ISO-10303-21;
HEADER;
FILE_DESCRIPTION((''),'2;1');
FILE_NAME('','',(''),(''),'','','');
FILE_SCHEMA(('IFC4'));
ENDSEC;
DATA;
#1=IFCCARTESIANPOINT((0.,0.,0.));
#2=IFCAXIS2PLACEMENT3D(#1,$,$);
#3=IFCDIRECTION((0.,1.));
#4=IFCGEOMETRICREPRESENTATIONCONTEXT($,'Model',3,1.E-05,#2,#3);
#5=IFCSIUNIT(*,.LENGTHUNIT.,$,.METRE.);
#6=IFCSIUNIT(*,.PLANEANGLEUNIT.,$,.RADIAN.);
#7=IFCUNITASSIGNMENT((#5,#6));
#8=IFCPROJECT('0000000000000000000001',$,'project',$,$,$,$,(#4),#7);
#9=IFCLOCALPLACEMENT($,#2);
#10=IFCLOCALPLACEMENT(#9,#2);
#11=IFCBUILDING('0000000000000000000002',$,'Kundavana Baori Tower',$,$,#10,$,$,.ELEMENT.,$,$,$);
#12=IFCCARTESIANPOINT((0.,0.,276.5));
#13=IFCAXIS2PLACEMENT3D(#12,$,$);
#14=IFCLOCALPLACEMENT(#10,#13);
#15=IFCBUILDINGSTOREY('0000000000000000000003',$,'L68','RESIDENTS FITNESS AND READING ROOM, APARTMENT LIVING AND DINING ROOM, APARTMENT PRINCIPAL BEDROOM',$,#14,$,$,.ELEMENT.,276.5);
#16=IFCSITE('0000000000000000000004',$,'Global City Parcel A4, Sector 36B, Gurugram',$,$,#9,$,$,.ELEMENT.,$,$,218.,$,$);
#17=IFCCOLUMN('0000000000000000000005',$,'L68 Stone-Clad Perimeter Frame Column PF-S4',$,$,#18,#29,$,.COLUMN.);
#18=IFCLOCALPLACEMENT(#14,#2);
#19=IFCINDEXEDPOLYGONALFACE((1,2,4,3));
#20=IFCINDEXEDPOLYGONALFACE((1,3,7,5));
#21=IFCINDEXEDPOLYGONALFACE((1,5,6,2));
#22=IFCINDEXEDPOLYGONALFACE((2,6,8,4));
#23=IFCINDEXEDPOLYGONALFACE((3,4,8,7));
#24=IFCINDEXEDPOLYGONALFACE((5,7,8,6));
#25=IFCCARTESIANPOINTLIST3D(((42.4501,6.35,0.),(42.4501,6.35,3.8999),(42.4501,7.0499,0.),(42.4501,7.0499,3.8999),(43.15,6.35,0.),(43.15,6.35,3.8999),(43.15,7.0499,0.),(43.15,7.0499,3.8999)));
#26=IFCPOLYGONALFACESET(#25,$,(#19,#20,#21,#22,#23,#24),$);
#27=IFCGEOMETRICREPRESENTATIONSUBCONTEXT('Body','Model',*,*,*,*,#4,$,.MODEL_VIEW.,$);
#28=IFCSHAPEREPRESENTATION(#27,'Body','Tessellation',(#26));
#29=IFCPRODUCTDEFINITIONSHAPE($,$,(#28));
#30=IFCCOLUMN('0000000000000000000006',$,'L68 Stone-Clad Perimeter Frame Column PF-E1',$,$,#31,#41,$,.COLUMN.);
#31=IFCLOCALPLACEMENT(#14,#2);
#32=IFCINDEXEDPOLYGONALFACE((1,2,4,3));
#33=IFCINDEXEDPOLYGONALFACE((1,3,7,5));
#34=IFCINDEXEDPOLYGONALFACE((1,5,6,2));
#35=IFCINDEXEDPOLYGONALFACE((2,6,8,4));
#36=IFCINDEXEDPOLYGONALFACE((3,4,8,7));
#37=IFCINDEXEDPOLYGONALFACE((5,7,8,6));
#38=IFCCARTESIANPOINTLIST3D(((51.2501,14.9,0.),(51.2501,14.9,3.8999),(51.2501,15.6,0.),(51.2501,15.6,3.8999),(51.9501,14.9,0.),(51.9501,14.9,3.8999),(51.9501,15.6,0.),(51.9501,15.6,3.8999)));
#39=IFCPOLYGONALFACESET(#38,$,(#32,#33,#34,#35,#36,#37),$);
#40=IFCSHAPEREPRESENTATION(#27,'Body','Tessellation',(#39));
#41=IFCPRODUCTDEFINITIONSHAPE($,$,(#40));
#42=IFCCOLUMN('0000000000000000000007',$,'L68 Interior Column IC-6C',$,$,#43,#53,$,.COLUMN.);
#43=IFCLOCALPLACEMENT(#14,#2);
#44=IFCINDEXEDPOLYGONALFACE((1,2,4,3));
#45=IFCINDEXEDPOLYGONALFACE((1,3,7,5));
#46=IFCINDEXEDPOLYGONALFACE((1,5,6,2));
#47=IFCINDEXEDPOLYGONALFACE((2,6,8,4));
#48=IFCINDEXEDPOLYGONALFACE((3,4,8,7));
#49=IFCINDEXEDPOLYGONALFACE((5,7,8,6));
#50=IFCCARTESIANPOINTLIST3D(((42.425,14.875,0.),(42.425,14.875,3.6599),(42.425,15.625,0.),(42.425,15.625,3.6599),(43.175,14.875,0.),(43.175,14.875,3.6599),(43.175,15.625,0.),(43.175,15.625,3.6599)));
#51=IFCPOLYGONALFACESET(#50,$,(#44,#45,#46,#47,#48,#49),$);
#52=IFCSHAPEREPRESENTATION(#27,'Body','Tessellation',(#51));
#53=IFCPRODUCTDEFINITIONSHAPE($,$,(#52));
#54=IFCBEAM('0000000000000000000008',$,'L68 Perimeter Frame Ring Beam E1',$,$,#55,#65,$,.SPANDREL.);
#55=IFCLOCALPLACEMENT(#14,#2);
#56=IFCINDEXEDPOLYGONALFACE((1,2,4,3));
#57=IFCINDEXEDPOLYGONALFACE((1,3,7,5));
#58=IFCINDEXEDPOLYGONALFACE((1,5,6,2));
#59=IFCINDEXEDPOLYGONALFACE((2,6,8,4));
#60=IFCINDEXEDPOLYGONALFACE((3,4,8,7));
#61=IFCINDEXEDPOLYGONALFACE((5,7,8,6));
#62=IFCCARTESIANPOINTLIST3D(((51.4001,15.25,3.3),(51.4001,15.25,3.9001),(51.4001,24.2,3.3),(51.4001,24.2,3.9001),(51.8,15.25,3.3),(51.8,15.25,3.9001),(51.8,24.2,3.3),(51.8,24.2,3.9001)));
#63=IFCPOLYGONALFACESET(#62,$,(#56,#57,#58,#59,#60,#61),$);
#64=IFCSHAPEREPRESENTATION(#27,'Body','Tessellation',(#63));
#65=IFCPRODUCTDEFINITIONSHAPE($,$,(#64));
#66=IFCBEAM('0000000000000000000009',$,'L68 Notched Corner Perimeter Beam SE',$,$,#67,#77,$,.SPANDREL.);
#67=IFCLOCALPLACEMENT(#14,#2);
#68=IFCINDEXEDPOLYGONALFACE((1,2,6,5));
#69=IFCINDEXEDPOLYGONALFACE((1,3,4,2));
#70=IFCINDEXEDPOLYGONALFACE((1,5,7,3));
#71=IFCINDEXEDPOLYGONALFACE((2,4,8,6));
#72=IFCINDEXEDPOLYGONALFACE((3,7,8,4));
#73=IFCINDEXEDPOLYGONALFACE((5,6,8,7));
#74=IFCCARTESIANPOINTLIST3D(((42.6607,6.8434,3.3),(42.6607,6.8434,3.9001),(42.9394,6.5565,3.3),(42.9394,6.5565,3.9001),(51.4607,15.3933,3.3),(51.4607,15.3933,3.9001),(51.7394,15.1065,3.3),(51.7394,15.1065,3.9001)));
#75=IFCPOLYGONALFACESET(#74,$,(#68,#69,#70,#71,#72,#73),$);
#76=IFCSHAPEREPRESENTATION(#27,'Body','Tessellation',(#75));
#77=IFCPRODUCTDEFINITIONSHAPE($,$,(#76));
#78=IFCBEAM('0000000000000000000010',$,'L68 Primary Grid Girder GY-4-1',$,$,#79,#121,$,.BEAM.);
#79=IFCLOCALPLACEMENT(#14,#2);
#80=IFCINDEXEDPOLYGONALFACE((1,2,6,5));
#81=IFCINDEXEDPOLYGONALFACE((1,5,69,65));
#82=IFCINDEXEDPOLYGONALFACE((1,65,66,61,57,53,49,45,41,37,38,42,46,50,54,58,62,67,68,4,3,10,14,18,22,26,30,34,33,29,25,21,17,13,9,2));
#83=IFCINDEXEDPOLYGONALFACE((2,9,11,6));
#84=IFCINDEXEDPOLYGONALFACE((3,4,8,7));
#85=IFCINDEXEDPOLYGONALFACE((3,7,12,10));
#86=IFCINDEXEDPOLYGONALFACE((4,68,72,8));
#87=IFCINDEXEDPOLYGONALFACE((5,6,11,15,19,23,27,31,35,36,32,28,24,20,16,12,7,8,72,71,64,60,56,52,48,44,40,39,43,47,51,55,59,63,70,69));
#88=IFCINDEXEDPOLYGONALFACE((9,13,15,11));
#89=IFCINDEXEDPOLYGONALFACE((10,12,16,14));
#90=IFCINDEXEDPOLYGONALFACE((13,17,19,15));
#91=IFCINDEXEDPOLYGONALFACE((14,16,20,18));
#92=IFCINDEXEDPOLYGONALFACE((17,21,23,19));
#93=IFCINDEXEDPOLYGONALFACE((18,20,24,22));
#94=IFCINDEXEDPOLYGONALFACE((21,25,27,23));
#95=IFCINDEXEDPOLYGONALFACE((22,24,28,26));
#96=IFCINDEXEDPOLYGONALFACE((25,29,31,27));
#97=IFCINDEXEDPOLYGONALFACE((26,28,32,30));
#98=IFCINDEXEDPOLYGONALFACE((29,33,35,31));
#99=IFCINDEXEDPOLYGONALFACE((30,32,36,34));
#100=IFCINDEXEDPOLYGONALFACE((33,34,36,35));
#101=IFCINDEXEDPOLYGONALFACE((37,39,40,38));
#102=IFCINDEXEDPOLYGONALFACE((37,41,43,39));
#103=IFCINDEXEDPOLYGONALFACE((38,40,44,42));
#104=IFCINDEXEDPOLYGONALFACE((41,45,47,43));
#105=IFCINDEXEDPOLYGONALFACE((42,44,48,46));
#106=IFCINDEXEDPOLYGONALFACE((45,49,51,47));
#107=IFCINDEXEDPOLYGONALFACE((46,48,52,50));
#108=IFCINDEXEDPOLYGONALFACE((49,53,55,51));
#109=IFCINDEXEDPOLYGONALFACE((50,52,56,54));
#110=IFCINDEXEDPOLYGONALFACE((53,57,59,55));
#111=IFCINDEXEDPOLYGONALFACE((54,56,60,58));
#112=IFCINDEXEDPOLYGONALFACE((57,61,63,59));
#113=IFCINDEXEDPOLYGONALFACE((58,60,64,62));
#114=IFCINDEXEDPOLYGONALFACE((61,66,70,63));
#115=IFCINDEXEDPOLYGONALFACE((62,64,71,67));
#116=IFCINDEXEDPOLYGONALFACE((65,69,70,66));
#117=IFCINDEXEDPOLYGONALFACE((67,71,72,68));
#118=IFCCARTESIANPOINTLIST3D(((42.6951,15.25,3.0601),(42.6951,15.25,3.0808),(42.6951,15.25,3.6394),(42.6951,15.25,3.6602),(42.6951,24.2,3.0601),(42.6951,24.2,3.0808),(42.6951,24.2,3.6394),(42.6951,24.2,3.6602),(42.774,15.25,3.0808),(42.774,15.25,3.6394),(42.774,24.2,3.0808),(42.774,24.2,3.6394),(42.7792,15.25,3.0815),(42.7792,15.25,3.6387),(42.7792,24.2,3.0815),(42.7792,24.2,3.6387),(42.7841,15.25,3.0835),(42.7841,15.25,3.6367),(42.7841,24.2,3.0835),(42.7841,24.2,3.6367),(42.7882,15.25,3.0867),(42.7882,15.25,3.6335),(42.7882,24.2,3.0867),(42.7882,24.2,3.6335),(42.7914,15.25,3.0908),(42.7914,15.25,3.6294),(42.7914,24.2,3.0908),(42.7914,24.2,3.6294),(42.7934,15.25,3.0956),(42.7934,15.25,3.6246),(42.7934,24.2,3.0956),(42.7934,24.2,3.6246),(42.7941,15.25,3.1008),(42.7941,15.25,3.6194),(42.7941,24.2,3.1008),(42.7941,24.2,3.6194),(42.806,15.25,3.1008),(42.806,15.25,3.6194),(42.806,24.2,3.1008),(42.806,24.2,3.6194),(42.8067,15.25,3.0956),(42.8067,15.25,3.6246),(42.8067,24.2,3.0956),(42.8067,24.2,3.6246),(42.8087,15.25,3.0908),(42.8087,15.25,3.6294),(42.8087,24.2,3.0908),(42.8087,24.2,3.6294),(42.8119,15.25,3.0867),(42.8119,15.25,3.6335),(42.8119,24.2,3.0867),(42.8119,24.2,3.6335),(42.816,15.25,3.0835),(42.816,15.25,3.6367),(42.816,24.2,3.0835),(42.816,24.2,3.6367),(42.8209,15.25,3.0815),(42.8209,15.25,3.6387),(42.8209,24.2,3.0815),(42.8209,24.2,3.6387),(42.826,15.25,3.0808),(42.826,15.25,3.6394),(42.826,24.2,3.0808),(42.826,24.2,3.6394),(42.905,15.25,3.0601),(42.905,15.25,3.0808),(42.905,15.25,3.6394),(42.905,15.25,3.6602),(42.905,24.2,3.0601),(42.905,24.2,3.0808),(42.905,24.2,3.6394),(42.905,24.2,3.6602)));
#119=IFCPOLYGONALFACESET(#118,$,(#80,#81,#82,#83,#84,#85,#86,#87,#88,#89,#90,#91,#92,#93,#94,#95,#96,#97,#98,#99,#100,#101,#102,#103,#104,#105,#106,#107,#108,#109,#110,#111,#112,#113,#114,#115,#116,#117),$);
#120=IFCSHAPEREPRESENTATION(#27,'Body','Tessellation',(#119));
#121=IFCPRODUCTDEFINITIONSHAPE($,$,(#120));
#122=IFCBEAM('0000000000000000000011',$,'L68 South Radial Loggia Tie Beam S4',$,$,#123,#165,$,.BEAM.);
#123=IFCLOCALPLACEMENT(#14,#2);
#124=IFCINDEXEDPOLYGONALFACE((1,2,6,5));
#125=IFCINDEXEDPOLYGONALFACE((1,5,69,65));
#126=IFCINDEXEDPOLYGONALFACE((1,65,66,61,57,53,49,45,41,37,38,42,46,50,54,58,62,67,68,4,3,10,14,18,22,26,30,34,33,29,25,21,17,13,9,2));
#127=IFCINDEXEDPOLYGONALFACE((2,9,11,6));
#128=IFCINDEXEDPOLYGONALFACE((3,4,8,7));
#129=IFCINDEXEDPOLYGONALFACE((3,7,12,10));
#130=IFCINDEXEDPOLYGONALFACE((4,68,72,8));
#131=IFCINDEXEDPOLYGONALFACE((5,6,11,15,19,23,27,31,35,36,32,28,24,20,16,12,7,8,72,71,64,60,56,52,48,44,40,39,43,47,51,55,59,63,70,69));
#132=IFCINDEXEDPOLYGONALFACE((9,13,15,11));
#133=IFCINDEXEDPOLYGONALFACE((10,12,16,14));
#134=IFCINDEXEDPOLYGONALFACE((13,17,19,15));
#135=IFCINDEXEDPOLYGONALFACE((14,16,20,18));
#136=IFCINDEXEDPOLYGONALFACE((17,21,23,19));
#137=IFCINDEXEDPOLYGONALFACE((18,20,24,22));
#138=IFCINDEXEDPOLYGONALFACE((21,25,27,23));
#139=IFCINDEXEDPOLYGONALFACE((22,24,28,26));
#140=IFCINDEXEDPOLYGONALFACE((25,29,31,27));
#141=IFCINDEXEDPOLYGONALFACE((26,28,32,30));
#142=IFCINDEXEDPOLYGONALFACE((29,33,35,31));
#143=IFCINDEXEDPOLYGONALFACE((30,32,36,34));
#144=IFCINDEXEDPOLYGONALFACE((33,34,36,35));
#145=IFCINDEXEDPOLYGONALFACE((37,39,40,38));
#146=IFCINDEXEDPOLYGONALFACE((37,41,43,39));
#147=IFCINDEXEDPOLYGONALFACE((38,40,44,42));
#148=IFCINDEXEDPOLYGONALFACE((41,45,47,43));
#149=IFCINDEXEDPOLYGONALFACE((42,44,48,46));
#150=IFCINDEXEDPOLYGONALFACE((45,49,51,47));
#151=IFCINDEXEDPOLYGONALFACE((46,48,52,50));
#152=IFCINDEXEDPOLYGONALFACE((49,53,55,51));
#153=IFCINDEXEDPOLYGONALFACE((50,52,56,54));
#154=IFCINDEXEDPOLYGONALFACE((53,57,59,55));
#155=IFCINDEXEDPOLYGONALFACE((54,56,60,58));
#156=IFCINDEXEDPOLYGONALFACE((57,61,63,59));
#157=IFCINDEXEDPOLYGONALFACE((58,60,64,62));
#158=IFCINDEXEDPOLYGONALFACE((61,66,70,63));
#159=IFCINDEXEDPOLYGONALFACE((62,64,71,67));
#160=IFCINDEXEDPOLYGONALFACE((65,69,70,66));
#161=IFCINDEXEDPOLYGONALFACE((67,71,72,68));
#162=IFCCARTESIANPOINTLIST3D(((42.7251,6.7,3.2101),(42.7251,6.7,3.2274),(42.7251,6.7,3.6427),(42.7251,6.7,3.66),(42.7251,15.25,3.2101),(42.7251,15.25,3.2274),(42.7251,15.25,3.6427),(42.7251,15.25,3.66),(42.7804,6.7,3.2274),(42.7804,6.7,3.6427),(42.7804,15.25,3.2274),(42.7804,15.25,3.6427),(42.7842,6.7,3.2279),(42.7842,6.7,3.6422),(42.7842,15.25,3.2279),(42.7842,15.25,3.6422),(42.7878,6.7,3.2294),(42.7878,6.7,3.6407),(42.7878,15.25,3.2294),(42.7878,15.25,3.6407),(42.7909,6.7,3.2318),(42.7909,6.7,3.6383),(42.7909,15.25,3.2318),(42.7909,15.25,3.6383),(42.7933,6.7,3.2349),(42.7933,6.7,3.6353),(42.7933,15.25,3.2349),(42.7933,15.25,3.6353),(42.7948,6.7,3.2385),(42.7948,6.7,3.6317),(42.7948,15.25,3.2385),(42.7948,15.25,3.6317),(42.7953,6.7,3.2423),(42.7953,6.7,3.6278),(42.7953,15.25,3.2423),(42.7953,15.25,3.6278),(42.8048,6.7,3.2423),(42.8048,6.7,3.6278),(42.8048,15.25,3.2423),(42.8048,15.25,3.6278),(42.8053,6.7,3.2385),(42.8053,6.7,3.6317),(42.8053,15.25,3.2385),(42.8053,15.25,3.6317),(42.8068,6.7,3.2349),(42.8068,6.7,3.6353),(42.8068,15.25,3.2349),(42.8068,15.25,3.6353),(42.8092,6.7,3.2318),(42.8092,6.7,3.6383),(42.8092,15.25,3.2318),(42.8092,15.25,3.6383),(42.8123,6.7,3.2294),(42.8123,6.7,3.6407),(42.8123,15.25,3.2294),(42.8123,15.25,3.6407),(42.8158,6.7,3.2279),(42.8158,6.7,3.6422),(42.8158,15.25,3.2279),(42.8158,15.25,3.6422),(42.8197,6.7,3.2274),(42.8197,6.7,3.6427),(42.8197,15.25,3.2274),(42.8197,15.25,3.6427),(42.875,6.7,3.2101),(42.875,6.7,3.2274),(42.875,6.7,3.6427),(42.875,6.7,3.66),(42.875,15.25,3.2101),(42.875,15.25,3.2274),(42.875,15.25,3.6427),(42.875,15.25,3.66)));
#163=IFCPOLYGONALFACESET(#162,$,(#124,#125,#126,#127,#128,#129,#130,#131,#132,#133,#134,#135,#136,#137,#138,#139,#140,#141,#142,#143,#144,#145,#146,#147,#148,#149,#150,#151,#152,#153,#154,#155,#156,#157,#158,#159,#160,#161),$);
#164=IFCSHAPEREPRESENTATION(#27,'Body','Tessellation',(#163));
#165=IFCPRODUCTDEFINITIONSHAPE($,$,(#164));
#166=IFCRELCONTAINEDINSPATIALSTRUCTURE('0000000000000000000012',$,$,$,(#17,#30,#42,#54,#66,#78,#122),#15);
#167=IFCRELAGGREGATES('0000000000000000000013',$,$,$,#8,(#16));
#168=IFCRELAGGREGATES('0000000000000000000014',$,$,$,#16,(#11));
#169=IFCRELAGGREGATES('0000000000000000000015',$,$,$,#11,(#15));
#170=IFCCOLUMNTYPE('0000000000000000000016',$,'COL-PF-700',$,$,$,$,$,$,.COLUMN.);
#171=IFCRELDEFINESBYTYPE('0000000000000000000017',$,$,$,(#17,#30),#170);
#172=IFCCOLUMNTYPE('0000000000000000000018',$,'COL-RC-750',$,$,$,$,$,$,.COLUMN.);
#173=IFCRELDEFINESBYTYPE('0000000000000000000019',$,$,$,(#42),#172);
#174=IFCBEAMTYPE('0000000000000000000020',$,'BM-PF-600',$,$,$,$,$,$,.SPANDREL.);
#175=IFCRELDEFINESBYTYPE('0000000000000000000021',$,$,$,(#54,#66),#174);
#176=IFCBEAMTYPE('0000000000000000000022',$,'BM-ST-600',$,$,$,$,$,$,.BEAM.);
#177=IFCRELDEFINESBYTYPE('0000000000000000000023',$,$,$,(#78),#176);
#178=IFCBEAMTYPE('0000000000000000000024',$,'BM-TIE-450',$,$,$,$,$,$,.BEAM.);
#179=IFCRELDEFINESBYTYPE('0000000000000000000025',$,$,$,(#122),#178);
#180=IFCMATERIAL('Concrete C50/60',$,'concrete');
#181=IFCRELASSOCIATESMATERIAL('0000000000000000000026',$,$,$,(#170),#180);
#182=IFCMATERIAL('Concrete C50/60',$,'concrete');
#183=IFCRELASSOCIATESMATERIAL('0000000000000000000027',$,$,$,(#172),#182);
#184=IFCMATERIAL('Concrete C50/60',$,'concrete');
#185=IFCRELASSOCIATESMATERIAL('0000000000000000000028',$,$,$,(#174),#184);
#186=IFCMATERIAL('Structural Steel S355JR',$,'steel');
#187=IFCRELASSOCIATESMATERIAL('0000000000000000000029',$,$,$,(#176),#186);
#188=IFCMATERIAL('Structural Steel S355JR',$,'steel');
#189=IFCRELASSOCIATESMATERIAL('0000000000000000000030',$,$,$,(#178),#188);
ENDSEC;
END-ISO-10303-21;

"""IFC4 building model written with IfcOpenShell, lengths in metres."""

from ifc_helpers import new_model, si_unit, direction, frame, origin, origin_2d, place, context, subcontext, project, spatial, rectangle, i_section, extrude, material, material_profile, profile_set, type_object, element, save


model = new_model("IFC4")

# Units and contexts
model_context = context("Model", 3, precision=1e-05, world=origin(), true_north=direction((0.0, 1.0)))
body_context = subcontext(model_context, "Body", "Model", "MODEL_VIEW")
ifc_project = project(units=[si_unit("LENGTHUNIT", "METRE"), si_unit("PLANEANGLEUNIT", "RADIAN")], contexts=[model_context])

# Site, building, storey
site_placement = place(None, origin())
site = spatial("IfcSite", under=ifc_project, at=site_placement, Name="Global City Parcel A4, Sector 36B, Gurugram", CompositionType="ELEMENT", RefElevation=218.0)
building_placement = place(site_placement, origin())
building = spatial("IfcBuilding", under=site, at=building_placement, Name="Kundavana Baori Tower", CompositionType="ELEMENT")
storey_placement = place(building_placement, frame((0.0, 0.0, 276.5)))
storey = spatial("IfcBuildingStorey", under=building, at=storey_placement, Name="L68", Description="RESIDENTS FITNESS AND READING ROOM, APARTMENT LIVING AND DINING ROOM, APARTMENT PRINCIPAL BEDROOM", CompositionType="ELEMENT", Elevation=276.5)

# Columns
ifc_material_1 = material(Name="Concrete C50/60", Category="concrete")
ifc_material_profile_1 = material_profile(ifc_material_1, rectangle(XDim=0.7, YDim=0.7, at=origin_2d()), Name="RC PF 700x700")
ifc_profile_set_1 = profile_set([ifc_material_profile_1], Name="Concrete C50/60")
column_type_1 = type_object("IfcColumnType", Name="COL-PF-700", PredefinedType="COLUMN", material=ifc_profile_set_1)
for number, where, z_axis, x_axis, name in (
    (1, (42.8, 6.7, 0.0), (0.0, 0.0, 1.0), (1.0, 0.0, 0.0), "L68 Stone-Clad Perimeter Frame Column PF-S4"),
    (2, (51.6001, 15.25, 0.0), (0.0, 0.0, 1.0), (1.0, 0.0, 0.0), "L68 Stone-Clad Perimeter Frame Column PF-E1"),
):
    element("IfcColumn", number, at=place(storey_placement, frame(where, z_axis=z_axis, x_axis=x_axis)), inside=storey, type_object=column_type_1, Name=name, PredefinedType="COLUMN", context=body_context, shape_type="SweptSolid", body=[
        extrude(rectangle(XDim=0.7, YDim=0.7, at=origin_2d()), origin(), (0.0, 0.0, 1.0), 3.8999),
    ])
ifc_material_2 = material(Name="Concrete C50/60", Category="concrete")
ifc_material_profile_2 = material_profile(ifc_material_2, rectangle(XDim=0.75, YDim=0.75, at=origin_2d()), Name="RC 750x750")
ifc_profile_set_2 = profile_set([ifc_material_profile_2], Name="Concrete C50/60")
column_type_2 = type_object("IfcColumnType", Name="COL-RC-750", PredefinedType="COLUMN", material=ifc_profile_set_2)
column_placement = place(storey_placement, frame((42.8, 15.25, 0.0), z_axis=(0.0, 0.0, 1.0), x_axis=(1.0, 0.0, 0.0)))
element("IfcColumn", 3, at=column_placement, inside=storey, type_object=column_type_2, Name="L68 Interior Column IC-6C", PredefinedType="COLUMN", context=body_context, shape_type="SweptSolid", body=[
    extrude(rectangle(XDim=0.75, YDim=0.75, at=origin_2d()), origin(), (0.0, 0.0, 1.0), 3.6599),
])

# Beams
ifc_material_3 = material(Name="Concrete C50/60", Category="concrete")
ifc_material_profile_3 = material_profile(ifc_material_3, rectangle(XDim=0.3999, YDim=0.6001, at=origin_2d()), Name="RC BM 400x600")
ifc_profile_set_3 = profile_set([ifc_material_profile_3], Name="Concrete C50/60")
beam_type_1 = type_object("IfcBeamType", Name="BM-PF-600", PredefinedType="SPANDREL", material=ifc_profile_set_3)
beam_1_placement = place(storey_placement, frame((51.6001, 15.25, 3.6001), z_axis=(0.0, 1.0, 0.0), x_axis=(-1.0, 0.0, 0.0)))
element("IfcBeam", 4, at=beam_1_placement, inside=storey, type_object=beam_type_1, Name="L68 Perimeter Frame Ring Beam E1", PredefinedType="SPANDREL", context=body_context, shape_type="SweptSolid", body=[
    extrude(rectangle(XDim=0.3999, YDim=0.6001, at=origin_2d()), origin(), (0.0, 0.0, 1.0), 8.95),
])
beam_2_placement = place(storey_placement, frame((42.8, 6.7, 3.6001), z_axis=(0.717221, 0.696846, 0.0), x_axis=(-0.696846, 0.717221, 0.0)))
element("IfcBeam", 5, at=beam_2_placement, inside=storey, type_object=beam_type_1, Name="L68 Notched Corner Perimeter Beam SE", PredefinedType="SPANDREL", context=body_context, shape_type="SweptSolid", body=[
    extrude(rectangle(XDim=0.3999, YDim=0.6001, at=origin_2d()), origin(), (0.0, 0.0, 1.0), 12.2695),
])
ifc_material_4 = material(Name="Structural Steel S355JR", Category="steel")
ifc_material_profile_4 = material_profile(ifc_material_4, i_section(OverallWidth=0.21, OverallDepth=0.6001, WebThickness=0.012, FlangeThickness=0.0208, FilletRadius=0.02, at=origin_2d()), Name="ISMB 600")
ifc_profile_set_4 = profile_set([ifc_material_profile_4], Name="Structural Steel S355JR")
beam_type_2 = type_object("IfcBeamType", Name="BM-ST-600", PredefinedType="BEAM", material=ifc_profile_set_4)
beam_3_placement = place(storey_placement, frame((42.8, 15.25, 3.3601), z_axis=(0.0, 1.0, 0.0), x_axis=(-1.0, 0.0, 0.0)))
element("IfcBeam", 6, at=beam_3_placement, inside=storey, type_object=beam_type_2, Name="L68 Primary Grid Girder GY-4-1", PredefinedType="BEAM", context=body_context, shape_type="SweptSolid", body=[
    extrude(i_section(OverallWidth=0.21, OverallDepth=0.6001, WebThickness=0.012, FlangeThickness=0.0208, FilletRadius=0.02, at=origin_2d()), origin(), (0.0, 0.0, 1.0), 8.95),
])
ifc_material_5 = material(Name="Structural Steel S355JR", Category="steel")
ifc_material_profile_5 = material_profile(ifc_material_5, i_section(OverallWidth=0.1499, OverallDepth=0.45, WebThickness=0.0095, FlangeThickness=0.0173, FilletRadius=0.0149, at=origin_2d()), Name="ISMB 450")
ifc_profile_set_5 = profile_set([ifc_material_profile_5], Name="Structural Steel S355JR")
beam_type_3 = type_object("IfcBeamType", Name="BM-TIE-450", PredefinedType="BEAM", material=ifc_profile_set_5)
beam_4_placement = place(storey_placement, frame((42.8, 15.25, 3.4351), z_axis=(0.0, -1.0, 0.0), x_axis=(1.0, 0.0, 0.0)))
element("IfcBeam", 7, at=beam_4_placement, inside=storey, type_object=beam_type_3, Name="L68 South Radial Loggia Tie Beam S4", PredefinedType="BEAM", context=body_context, shape_type="SweptSolid", body=[
    extrude(i_section(OverallWidth=0.1499, OverallDepth=0.45, WebThickness=0.0095, FlangeThickness=0.0173, FilletRadius=0.0149, at=origin_2d()), origin(), (0.0, 0.0, 1.0), 8.55),
])

save(model, "model.ifc")
